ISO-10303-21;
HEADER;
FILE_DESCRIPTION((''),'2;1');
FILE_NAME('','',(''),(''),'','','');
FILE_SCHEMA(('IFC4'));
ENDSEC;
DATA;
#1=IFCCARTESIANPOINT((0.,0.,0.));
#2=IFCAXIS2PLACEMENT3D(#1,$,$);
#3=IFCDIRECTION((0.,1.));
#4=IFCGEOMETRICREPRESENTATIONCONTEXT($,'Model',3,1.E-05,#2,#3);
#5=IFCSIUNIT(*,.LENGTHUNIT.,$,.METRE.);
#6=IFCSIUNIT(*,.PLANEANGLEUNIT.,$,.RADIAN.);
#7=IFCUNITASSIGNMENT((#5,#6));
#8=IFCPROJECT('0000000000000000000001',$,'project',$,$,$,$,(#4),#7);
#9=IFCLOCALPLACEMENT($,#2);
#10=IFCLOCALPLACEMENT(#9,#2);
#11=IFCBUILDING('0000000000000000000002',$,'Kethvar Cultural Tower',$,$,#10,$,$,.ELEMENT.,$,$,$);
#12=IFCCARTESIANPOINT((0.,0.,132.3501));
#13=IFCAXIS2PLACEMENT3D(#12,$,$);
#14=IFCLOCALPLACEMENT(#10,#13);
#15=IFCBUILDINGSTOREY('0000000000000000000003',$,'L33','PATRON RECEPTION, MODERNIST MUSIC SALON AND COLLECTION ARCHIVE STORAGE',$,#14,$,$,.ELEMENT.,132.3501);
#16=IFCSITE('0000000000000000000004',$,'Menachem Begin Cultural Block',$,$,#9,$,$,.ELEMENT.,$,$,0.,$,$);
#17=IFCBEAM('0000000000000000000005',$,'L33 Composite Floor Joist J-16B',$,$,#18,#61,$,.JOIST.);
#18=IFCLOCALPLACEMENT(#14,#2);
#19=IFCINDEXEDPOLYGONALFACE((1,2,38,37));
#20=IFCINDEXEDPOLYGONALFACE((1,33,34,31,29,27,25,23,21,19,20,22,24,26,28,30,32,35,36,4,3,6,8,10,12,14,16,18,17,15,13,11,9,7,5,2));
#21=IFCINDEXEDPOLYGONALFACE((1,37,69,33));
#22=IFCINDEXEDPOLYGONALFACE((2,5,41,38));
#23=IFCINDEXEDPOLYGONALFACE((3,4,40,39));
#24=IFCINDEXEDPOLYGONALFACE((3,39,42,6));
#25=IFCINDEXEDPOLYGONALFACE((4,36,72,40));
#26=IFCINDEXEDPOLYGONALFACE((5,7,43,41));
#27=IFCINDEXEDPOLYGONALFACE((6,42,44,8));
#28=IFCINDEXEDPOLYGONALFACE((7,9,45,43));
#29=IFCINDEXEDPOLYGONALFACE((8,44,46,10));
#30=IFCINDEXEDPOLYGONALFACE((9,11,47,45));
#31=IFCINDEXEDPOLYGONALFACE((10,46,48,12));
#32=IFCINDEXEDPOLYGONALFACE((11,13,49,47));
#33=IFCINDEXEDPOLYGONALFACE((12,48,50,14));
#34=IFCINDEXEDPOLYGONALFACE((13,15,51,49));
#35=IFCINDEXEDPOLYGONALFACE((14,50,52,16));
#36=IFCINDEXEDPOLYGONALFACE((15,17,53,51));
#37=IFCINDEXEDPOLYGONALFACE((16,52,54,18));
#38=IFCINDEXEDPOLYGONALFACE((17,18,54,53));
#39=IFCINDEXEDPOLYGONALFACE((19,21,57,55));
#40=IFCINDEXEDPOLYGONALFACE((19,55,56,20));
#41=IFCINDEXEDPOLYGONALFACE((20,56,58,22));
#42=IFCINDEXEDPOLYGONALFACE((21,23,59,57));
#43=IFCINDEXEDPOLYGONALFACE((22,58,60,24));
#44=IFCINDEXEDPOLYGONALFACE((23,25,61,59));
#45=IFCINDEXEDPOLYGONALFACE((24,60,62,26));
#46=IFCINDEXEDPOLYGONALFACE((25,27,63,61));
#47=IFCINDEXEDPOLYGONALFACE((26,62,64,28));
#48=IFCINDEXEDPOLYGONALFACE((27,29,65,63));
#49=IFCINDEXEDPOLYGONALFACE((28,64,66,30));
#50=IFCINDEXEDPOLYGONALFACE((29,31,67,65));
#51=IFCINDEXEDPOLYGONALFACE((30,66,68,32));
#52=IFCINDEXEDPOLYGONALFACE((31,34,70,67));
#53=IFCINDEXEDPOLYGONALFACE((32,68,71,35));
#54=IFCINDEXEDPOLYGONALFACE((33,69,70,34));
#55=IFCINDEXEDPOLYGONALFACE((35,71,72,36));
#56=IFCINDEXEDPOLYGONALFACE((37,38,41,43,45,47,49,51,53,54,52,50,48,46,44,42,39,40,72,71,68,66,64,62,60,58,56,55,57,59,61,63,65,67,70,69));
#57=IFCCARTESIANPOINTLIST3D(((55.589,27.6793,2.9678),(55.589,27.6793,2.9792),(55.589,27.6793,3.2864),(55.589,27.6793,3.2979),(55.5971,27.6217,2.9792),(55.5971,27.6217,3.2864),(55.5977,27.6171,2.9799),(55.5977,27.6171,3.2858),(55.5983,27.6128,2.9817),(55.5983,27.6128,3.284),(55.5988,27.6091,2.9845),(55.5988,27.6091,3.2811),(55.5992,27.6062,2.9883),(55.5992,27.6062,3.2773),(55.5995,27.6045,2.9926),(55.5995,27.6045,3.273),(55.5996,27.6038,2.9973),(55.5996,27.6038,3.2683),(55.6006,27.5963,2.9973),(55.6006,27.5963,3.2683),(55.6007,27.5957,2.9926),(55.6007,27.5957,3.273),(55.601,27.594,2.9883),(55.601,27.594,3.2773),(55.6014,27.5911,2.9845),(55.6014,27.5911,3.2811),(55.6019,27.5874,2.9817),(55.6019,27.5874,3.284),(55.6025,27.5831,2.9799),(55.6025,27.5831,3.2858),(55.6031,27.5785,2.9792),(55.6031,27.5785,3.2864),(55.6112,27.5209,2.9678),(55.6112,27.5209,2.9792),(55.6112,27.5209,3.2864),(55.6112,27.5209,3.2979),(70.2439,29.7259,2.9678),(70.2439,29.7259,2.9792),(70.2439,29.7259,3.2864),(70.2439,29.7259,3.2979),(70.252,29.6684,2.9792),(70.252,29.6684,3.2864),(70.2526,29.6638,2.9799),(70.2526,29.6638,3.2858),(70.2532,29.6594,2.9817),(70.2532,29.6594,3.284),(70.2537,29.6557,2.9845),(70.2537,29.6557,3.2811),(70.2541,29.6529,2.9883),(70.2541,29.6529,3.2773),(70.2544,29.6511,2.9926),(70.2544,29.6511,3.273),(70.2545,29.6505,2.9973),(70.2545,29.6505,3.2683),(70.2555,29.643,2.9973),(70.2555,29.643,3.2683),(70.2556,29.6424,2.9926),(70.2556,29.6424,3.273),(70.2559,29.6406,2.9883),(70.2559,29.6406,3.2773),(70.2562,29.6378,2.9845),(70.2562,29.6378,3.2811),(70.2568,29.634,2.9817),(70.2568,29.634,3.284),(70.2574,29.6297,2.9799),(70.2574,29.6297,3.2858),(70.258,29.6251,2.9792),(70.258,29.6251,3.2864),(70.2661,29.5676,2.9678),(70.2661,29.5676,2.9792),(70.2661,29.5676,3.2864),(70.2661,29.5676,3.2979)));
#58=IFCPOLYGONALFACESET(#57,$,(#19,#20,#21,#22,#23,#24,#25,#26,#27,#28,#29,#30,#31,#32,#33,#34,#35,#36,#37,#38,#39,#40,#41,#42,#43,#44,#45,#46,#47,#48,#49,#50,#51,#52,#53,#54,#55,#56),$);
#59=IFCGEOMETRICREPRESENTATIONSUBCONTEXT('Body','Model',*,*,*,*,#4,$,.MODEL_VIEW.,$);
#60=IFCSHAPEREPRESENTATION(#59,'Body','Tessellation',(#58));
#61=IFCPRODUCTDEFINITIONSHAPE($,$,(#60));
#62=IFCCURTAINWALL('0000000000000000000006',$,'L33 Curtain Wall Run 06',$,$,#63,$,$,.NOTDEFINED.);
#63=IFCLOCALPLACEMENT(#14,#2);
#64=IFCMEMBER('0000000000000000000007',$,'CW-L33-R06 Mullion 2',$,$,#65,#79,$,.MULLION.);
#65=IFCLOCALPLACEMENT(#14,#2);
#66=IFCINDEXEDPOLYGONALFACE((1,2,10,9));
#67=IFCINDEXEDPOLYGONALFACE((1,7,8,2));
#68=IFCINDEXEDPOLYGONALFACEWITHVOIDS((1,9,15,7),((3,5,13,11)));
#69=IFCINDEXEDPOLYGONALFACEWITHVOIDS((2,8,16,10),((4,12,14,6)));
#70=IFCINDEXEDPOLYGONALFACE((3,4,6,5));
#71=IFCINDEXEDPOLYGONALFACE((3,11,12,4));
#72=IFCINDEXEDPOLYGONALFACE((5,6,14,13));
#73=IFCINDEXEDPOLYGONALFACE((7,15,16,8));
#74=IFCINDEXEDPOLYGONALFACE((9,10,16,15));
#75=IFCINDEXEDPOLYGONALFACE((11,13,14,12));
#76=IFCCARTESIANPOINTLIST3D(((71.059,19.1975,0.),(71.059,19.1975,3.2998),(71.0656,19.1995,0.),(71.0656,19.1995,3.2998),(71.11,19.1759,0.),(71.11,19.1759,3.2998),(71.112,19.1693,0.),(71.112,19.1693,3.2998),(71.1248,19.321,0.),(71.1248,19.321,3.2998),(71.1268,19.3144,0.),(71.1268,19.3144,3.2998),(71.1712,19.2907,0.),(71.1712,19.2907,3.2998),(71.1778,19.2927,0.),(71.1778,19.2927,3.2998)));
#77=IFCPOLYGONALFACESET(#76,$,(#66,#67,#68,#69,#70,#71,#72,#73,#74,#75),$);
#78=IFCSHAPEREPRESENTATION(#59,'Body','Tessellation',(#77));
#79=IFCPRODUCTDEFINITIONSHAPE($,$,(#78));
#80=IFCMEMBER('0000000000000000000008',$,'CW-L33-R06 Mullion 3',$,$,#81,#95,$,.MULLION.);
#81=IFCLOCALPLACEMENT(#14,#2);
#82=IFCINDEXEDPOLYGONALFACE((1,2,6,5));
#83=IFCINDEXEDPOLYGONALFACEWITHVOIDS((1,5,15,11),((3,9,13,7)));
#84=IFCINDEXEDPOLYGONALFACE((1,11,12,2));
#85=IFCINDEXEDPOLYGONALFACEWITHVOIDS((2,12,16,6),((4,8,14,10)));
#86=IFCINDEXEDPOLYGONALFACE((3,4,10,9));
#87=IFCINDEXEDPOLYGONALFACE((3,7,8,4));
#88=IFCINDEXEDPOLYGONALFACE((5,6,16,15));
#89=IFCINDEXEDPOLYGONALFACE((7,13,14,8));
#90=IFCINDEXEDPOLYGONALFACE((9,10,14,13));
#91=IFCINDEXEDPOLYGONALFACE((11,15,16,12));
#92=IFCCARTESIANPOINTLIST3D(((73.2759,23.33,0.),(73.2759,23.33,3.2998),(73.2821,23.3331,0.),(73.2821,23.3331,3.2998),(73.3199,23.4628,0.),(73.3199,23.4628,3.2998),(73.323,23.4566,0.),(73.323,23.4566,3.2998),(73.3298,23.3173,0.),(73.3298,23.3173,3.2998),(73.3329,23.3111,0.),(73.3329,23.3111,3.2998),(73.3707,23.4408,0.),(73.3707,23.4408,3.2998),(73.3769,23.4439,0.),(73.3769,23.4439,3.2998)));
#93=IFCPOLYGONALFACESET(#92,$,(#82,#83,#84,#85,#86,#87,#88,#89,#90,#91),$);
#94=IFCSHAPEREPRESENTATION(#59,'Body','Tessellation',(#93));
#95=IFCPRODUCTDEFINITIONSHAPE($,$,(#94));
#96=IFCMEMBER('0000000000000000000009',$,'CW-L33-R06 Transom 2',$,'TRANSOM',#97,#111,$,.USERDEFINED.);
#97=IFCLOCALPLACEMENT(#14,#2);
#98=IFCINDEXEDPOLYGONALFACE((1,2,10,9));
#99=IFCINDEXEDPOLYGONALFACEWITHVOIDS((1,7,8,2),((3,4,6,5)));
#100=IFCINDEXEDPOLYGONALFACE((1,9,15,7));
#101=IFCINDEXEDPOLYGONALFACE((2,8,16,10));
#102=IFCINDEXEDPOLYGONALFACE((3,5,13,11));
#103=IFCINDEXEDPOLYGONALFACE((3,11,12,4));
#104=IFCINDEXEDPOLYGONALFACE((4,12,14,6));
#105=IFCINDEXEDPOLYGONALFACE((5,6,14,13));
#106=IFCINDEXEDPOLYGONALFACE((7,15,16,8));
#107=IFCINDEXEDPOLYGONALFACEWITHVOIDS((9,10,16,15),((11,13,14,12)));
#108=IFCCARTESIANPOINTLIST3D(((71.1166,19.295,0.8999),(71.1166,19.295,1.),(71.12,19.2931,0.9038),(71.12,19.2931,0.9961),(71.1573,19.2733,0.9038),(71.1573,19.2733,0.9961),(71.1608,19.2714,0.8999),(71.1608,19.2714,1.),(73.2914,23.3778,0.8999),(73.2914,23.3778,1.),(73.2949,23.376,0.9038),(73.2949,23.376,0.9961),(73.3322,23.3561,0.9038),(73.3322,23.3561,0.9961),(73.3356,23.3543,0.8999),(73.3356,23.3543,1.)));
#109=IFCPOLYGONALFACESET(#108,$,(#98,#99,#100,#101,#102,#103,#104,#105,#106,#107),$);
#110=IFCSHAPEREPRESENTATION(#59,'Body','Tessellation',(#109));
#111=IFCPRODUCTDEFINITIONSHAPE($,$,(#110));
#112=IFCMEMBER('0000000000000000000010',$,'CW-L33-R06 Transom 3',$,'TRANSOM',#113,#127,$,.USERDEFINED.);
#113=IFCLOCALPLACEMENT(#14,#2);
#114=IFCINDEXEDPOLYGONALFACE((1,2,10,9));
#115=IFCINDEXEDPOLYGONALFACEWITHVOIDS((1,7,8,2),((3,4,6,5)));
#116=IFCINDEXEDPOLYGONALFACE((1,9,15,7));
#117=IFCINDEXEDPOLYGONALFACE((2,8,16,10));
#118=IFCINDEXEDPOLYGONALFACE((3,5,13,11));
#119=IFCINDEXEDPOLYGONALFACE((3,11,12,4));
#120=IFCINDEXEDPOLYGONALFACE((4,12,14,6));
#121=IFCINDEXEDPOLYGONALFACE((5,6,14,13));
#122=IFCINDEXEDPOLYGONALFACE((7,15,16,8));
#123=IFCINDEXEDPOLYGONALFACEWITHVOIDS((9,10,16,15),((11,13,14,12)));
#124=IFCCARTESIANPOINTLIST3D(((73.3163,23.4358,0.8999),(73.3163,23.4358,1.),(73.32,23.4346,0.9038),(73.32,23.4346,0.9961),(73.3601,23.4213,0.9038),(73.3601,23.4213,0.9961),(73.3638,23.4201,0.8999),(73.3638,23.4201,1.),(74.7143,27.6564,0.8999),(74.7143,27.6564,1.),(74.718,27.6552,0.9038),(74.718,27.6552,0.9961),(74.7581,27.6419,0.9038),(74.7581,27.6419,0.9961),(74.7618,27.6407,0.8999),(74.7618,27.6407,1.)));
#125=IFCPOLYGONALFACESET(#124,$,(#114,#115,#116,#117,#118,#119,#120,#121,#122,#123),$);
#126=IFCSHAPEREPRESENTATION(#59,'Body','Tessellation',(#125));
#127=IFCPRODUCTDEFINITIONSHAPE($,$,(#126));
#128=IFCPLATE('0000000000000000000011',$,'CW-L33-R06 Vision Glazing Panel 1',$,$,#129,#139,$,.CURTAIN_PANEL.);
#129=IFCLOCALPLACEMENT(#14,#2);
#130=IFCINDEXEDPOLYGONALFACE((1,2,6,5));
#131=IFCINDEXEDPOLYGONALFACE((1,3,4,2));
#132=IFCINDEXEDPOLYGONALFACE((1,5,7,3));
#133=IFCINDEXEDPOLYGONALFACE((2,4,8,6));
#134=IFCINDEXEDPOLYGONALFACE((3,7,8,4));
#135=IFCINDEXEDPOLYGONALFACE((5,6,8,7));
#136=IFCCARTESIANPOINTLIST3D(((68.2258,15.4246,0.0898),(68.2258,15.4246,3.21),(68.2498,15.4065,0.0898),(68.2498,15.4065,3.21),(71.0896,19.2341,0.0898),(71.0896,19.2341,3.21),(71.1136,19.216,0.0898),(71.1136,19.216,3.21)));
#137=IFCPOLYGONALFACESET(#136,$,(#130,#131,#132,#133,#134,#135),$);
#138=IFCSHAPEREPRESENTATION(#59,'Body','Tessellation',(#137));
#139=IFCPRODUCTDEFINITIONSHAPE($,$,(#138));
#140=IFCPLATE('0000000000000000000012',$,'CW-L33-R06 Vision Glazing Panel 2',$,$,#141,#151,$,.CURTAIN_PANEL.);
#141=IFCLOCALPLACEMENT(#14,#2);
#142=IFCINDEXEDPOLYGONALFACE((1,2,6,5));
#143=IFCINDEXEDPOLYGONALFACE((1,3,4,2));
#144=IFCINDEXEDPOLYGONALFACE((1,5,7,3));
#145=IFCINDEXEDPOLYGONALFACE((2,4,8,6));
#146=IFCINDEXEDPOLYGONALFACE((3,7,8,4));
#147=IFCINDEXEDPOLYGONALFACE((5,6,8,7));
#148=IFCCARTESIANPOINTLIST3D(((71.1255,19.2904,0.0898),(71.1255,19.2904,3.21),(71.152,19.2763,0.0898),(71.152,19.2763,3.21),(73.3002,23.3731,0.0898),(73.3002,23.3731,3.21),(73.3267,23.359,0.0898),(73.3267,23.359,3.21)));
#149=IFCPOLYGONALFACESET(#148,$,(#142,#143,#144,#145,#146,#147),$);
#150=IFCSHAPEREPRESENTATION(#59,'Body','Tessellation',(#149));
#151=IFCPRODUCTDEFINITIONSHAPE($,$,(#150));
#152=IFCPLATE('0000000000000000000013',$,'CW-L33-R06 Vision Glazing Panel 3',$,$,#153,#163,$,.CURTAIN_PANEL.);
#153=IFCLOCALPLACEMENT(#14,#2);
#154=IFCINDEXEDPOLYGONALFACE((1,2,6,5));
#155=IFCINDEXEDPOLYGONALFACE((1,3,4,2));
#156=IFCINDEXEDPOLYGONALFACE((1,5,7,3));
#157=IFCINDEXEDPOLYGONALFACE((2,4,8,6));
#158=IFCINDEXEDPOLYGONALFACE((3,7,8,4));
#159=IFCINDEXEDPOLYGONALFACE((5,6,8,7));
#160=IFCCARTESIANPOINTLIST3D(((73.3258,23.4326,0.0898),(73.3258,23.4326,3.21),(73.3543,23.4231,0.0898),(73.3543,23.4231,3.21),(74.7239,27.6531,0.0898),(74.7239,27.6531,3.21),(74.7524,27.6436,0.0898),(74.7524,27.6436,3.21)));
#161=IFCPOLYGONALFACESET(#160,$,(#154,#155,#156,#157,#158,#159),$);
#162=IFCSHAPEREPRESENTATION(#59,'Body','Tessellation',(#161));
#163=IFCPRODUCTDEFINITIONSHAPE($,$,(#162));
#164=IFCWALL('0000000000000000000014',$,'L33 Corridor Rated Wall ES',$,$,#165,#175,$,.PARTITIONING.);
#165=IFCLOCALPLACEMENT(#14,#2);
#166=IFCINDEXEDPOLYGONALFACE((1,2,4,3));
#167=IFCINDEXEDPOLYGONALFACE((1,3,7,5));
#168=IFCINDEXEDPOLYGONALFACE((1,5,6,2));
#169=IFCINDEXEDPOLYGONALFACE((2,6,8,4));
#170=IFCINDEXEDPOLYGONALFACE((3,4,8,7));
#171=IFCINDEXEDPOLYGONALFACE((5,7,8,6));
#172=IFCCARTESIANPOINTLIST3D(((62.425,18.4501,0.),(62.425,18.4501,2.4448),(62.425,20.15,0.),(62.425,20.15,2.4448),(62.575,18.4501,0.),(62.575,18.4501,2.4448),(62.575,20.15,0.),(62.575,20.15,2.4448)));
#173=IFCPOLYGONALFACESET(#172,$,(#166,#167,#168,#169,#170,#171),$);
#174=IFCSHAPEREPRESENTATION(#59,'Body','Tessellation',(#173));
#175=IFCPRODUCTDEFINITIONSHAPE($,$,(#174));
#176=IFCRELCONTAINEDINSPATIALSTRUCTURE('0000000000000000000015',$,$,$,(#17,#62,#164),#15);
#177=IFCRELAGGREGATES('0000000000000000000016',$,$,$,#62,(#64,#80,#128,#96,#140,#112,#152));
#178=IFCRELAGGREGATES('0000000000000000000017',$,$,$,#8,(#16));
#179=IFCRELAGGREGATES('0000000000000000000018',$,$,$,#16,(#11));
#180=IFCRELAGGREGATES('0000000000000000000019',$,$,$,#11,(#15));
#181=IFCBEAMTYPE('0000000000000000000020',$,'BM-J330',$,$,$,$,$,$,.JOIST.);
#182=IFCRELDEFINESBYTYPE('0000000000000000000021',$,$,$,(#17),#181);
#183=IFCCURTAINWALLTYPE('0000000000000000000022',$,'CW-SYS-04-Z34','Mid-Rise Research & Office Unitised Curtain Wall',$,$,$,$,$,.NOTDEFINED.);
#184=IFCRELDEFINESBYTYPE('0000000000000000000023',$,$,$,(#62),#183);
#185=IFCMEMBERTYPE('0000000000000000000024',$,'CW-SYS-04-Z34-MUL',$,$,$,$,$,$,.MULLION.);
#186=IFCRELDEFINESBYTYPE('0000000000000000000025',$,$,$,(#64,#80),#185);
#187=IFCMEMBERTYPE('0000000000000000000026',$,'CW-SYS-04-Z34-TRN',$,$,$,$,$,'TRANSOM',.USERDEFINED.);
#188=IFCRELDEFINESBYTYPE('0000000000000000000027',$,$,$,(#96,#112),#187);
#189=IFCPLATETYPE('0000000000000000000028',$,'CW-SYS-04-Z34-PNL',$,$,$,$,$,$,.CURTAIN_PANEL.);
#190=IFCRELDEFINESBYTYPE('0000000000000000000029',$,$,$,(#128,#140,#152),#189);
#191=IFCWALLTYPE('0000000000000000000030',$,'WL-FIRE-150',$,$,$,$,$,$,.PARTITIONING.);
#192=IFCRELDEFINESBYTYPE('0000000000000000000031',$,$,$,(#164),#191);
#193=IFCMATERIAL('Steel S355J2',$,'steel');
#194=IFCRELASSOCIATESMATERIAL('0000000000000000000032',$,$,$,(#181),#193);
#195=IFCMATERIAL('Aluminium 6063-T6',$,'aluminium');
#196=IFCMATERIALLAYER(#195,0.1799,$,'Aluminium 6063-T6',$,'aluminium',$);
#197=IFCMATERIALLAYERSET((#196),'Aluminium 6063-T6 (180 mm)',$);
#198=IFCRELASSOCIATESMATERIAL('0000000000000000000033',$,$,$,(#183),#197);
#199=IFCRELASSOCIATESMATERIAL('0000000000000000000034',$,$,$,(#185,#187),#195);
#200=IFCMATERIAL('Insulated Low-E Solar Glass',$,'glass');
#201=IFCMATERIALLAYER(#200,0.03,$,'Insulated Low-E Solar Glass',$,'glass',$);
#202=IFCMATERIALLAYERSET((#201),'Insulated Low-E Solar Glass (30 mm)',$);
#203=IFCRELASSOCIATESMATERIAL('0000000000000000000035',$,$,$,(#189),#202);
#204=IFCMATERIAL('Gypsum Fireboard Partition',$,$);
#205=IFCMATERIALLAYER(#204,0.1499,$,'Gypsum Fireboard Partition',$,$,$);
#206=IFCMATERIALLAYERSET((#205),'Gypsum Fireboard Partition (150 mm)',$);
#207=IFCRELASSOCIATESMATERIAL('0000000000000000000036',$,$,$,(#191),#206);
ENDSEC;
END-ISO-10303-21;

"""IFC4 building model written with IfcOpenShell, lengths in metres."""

from ifc_helpers import new_model, si_unit, direction, frame, frame_2d, origin, origin_2d, place, context, subcontext, project, spatial, rectangle, hollow_rectangle, i_section, extrude, source, transform, mapped, material, layer, layer_set, material_profile, profile_set, type_object, element, aggregate, save


model = new_model("IFC4")

# Units and contexts
model_context = context("Model", 3, precision=1e-05, world=origin(), true_north=direction((0.0, 1.0)))
body_context = subcontext(model_context, "Body", "Model", "MODEL_VIEW")
ifc_project = project(units=[si_unit("LENGTHUNIT", "METRE"), si_unit("PLANEANGLEUNIT", "RADIAN")], contexts=[model_context])

# Site, building, storey
site_placement = place(None, origin())
site = spatial("IfcSite", under=ifc_project, at=site_placement, Name="Menachem Begin Cultural Block", CompositionType="ELEMENT", RefElevation=0.0)
building_placement = place(site_placement, origin())
building = spatial("IfcBuilding", under=site, at=building_placement, Name="Kethvar Cultural Tower", CompositionType="ELEMENT")
storey_placement = place(building_placement, frame((0.0, 0.0, 132.3501)))
storey = spatial("IfcBuildingStorey", under=building, at=storey_placement, Name="L33", Description="PATRON RECEPTION, MODERNIST MUSIC SALON AND COLLECTION ARCHIVE STORAGE", CompositionType="ELEMENT", Elevation=132.3501)

# Beam
ifc_material_1 = material(Name="Steel S355J2", Category="steel")
ifc_material_profile_1 = material_profile(ifc_material_1, i_section(OverallWidth=0.1599, OverallDepth=0.3301, WebThickness=0.0076, FlangeThickness=0.0115, FilletRadius=0.0181, at=origin_2d()), Name="Steel S355J2 — IPE330")
ifc_profile_set_1 = profile_set([ifc_material_profile_1], Name="Steel S355J2 — IPE330")
beam_type_1 = type_object("IfcBeamType", Name="BM-J330", PredefinedType="JOIST", material=ifc_profile_set_1)
shared_shape_1 = source(origin(), body_context, "Body", "SweptSolid", [
    extrude(i_section(OverallWidth=0.1599, OverallDepth=0.3301, WebThickness=0.0076, FlangeThickness=0.0115, FilletRadius=0.0181, at=origin_2d()), origin(), (0.0, 0.0, 1.0), 14.7971),
])
beam_1_placement = place(storey_placement, frame((55.6001, 27.6001, 3.1328), z_axis=(0.990388, 0.138314, 0.0), x_axis=(-0.138314, 0.990388, 0.0)))
element("IfcBeam", 1, at=beam_1_placement, inside=storey, type_object=beam_type_1, Name="L33 Composite Floor Joist J-16B", PredefinedType="JOIST", context=body_context, shape_type="MappedRepresentation", body=[
    mapped(shared_shape_1, transform((0.0, 0.0, 0.0), scale=1.0)),
])

# Curtain wall, members, plates
ifc_material_2 = material(Name="Aluminium 6063-T6", Category="aluminium")
ifc_layer_1 = layer(ifc_material_2, 0.1799, Name="Aluminium 6063-T6", Category="aluminium")
ifc_layer_set_1 = layer_set([ifc_layer_1], Name="Aluminium 6063-T6 (180 mm)")
curtain_wall_type = type_object("IfcCurtainWallType", Name="CW-SYS-04-Z34", Description="Mid-Rise Research & Office Unitised Curtain Wall", PredefinedType="NOTDEFINED", material=ifc_layer_set_1)
curtain_wall_placement = place(storey_placement, origin())
curtain_wall = element("IfcCurtainWall", 2, at=curtain_wall_placement, inside=storey, type_object=curtain_wall_type, Name="L33 Curtain Wall Run 06", PredefinedType="NOTDEFINED")
ifc_material_profile_2 = material_profile(ifc_material_2, hollow_rectangle(XDim=0.0601, YDim=0.1399, WallThickness=0.0049, at=origin_2d()), Name="Aluminium 6063-T6 — RHS140x60x5")
ifc_profile_set_2 = profile_set([ifc_material_profile_2], Name="Aluminium 6063-T6 — RHS140x60x5")
member_type_1 = type_object("IfcMemberType", Name="CW-SYS-04-Z34-MUL", PredefinedType="MULLION", material=ifc_profile_set_2)
shared_shape_2 = source(origin(), body_context, "Body", "SweptSolid", [
    extrude(hollow_rectangle(XDim=0.0601, YDim=0.1399, WallThickness=0.0049, at=origin_2d()), origin(), (0.0, 0.0, 1.0), 3.2998),
])
member_1_placement = place(storey_placement, frame((71.1184, 19.2451, 0.0), z_axis=(0.0, 0.0, 1.0), x_axis=(-0.882595, 0.470134, 0.0)))
member_1 = element("IfcMember", 3, at=member_1_placement, type_object=member_type_1, Name="CW-L33-R06 Mullion 2", PredefinedType="MULLION", context=body_context, shape_type="MappedRepresentation", body=[
    mapped(shared_shape_2, transform((0.0, 0.0, 0.0), scale=1.0)),
])
member_2_placement = place(storey_placement, frame((73.3264, 23.387, 0.0), z_axis=(0.0, 0.0, 1.0), x_axis=(-0.949272, 0.314456, 0.0)))
member_2 = element("IfcMember", 4, at=member_2_placement, type_object=member_type_1, Name="CW-L33-R06 Mullion 3", PredefinedType="MULLION", context=body_context, shape_type="MappedRepresentation", body=[
    mapped(shared_shape_2, transform((0.0, 0.0, 0.0), scale=1.0)),
])
ifc_material_profile_3 = material_profile(ifc_material_2, hollow_rectangle(XDim=0.05, YDim=0.1001, WallThickness=0.0039, at=origin_2d()), Name="Aluminium 6063-T6 — RHS100x50x4")
ifc_profile_set_3 = profile_set([ifc_material_profile_3], Name="Aluminium 6063-T6 — RHS100x50x4")
member_type_2 = type_object("IfcMemberType", Name="CW-SYS-04-Z34-TRN", ElementType="TRANSOM", PredefinedType="USERDEFINED", material=ifc_profile_set_3)
shared_shape_3 = source(origin(), body_context, "Body", "SweptSolid", [
    extrude(hollow_rectangle(XDim=0.05, YDim=0.1001, WallThickness=0.0039, at=origin_2d()), origin(), (0.0, 0.0, 1.0), 4.626),
])
member_3_placement = place(storey_placement, frame((71.1387, 19.2832, 0.95), z_axis=(0.470139, 0.882592, 0.0), x_axis=(-0.882592, 0.470139, 0.0)))
member_3 = element("IfcMember", 5, at=member_3_placement, type_object=member_type_2, Name="CW-L33-R06 Transom 2", ObjectType="TRANSOM", PredefinedType="USERDEFINED", context=body_context, shape_type="MappedRepresentation", body=[
    mapped(shared_shape_3, transform((0.0, 0.0, 0.0), scale=1.0)),
])
shared_shape_4 = source(origin(), body_context, "Body", "SweptSolid", [
    extrude(hollow_rectangle(XDim=0.05, YDim=0.1001, WallThickness=0.0039, at=origin_2d()), origin(), (0.0, 0.0, 1.0), 4.446),
])
member_4_placement = place(storey_placement, frame((73.3401, 23.428, 0.95), z_axis=(0.314432, 0.94928, 0.0), x_axis=(-0.94928, 0.314432, 0.0)))
member_4 = element("IfcMember", 6, at=member_4_placement, type_object=member_type_2, Name="CW-L33-R06 Transom 3", ObjectType="TRANSOM", PredefinedType="USERDEFINED", context=body_context, shape_type="MappedRepresentation", body=[
    mapped(shared_shape_4, transform((0.0, 0.0, 0.0), scale=1.0)),
])
ifc_material_3 = material(Name="Insulated Low-E Solar Glass", Category="glass")
ifc_layer_2 = layer(ifc_material_3, 0.03, Name="Insulated Low-E Solar Glass", Category="glass")
ifc_layer_set_2 = layer_set([ifc_layer_2], Name="Insulated Low-E Solar Glass (30 mm)")
plate_type = type_object("IfcPlateType", Name="CW-SYS-04-Z34-PNL", PredefinedType="CURTAIN_PANEL", material=ifc_layer_set_2)
shared_shape_5 = source(origin(), body_context, "Body", "SweptSolid", [
    extrude(rectangle(XDim=4.7659, YDim=0.03, at=origin_2d()), origin(), (0.0, 0.0, 1.0), 3.1201),
])
plate_1_placement = place(storey_placement, frame((69.6697, 17.3203, 0.0898), z_axis=(0.0, 0.0, 1.0), x_axis=(0.600895, 0.799328, 0.0)))
plate_1 = element("IfcPlate", 7, at=plate_1_placement, type_object=plate_type, Name="CW-L33-R06 Vision Glazing Panel 1", PredefinedType="CURTAIN_PANEL", context=body_context, shape_type="MappedRepresentation", body=[
    mapped(shared_shape_5, transform((0.0, 0.0, 0.0), scale=1.0)),
])
shared_shape_6 = source(origin(), body_context, "Body", "SweptSolid", [
    extrude(rectangle(XDim=4.6257, YDim=0.03, at=origin_2d()), origin(), (0.0, 0.0, 1.0), 3.1201),
])
plate_2_placement = place(storey_placement, frame((72.2261, 21.3247, 0.0898), z_axis=(0.0, 0.0, 1.0), x_axis=(0.470134, 0.882595, 0.0)))
plate_2 = element("IfcPlate", 8, at=plate_2_placement, type_object=plate_type, Name="CW-L33-R06 Vision Glazing Panel 2", PredefinedType="CURTAIN_PANEL", context=body_context, shape_type="MappedRepresentation", body=[
    mapped(shared_shape_6, transform((0.0, 0.0, 0.0), scale=1.0)),
])
shared_shape_7 = source(origin(), body_context, "Body", "SweptSolid", [
    extrude(rectangle(XDim=4.446, YDim=0.03, at=origin_2d()), origin(), (0.0, 0.0, 1.0), 3.1201),
])
plate_3_placement = place(storey_placement, frame((74.0391, 25.5381, 0.0898), z_axis=(0.0, 0.0, 1.0), x_axis=(0.314456, 0.949272, 0.0)))
plate_3 = element("IfcPlate", 9, at=plate_3_placement, type_object=plate_type, Name="CW-L33-R06 Vision Glazing Panel 3", PredefinedType="CURTAIN_PANEL", context=body_context, shape_type="MappedRepresentation", body=[
    mapped(shared_shape_7, transform((0.0, 0.0, 0.0), scale=1.0)),
])
aggregate(curtain_wall, [member_1, member_2, plate_1, member_3, plate_2, member_4, plate_3])

# Wall
ifc_material_4 = material(Name="Gypsum Fireboard Partition")
ifc_layer_3 = layer(ifc_material_4, 0.1499, Name="Gypsum Fireboard Partition")
ifc_layer_set_3 = layer_set([ifc_layer_3], Name="Gypsum Fireboard Partition (150 mm)")
wall_type_1 = type_object("IfcWallType", Name="WL-FIRE-150", PredefinedType="PARTITIONING", material=ifc_layer_set_3)
wall_1_placement = place(storey_placement, frame((62.5, 18.45, 0.0), z_axis=(0.0, 0.0, 1.0), x_axis=(0.0, 1.0, 0.0)))
element("IfcWall", 10, at=wall_1_placement, inside=storey, type_object=wall_type_1, Name="L33 Corridor Rated Wall ES", PredefinedType="PARTITIONING", context=body_context, shape_type="SweptSolid", body=[
    extrude(rectangle(XDim=1.7, YDim=0.1499, at=frame_2d((0.8501, 0.0))), origin(), (0.0, 0.0, 1.0), 2.4448),
])

save(model, "model.ifc")
